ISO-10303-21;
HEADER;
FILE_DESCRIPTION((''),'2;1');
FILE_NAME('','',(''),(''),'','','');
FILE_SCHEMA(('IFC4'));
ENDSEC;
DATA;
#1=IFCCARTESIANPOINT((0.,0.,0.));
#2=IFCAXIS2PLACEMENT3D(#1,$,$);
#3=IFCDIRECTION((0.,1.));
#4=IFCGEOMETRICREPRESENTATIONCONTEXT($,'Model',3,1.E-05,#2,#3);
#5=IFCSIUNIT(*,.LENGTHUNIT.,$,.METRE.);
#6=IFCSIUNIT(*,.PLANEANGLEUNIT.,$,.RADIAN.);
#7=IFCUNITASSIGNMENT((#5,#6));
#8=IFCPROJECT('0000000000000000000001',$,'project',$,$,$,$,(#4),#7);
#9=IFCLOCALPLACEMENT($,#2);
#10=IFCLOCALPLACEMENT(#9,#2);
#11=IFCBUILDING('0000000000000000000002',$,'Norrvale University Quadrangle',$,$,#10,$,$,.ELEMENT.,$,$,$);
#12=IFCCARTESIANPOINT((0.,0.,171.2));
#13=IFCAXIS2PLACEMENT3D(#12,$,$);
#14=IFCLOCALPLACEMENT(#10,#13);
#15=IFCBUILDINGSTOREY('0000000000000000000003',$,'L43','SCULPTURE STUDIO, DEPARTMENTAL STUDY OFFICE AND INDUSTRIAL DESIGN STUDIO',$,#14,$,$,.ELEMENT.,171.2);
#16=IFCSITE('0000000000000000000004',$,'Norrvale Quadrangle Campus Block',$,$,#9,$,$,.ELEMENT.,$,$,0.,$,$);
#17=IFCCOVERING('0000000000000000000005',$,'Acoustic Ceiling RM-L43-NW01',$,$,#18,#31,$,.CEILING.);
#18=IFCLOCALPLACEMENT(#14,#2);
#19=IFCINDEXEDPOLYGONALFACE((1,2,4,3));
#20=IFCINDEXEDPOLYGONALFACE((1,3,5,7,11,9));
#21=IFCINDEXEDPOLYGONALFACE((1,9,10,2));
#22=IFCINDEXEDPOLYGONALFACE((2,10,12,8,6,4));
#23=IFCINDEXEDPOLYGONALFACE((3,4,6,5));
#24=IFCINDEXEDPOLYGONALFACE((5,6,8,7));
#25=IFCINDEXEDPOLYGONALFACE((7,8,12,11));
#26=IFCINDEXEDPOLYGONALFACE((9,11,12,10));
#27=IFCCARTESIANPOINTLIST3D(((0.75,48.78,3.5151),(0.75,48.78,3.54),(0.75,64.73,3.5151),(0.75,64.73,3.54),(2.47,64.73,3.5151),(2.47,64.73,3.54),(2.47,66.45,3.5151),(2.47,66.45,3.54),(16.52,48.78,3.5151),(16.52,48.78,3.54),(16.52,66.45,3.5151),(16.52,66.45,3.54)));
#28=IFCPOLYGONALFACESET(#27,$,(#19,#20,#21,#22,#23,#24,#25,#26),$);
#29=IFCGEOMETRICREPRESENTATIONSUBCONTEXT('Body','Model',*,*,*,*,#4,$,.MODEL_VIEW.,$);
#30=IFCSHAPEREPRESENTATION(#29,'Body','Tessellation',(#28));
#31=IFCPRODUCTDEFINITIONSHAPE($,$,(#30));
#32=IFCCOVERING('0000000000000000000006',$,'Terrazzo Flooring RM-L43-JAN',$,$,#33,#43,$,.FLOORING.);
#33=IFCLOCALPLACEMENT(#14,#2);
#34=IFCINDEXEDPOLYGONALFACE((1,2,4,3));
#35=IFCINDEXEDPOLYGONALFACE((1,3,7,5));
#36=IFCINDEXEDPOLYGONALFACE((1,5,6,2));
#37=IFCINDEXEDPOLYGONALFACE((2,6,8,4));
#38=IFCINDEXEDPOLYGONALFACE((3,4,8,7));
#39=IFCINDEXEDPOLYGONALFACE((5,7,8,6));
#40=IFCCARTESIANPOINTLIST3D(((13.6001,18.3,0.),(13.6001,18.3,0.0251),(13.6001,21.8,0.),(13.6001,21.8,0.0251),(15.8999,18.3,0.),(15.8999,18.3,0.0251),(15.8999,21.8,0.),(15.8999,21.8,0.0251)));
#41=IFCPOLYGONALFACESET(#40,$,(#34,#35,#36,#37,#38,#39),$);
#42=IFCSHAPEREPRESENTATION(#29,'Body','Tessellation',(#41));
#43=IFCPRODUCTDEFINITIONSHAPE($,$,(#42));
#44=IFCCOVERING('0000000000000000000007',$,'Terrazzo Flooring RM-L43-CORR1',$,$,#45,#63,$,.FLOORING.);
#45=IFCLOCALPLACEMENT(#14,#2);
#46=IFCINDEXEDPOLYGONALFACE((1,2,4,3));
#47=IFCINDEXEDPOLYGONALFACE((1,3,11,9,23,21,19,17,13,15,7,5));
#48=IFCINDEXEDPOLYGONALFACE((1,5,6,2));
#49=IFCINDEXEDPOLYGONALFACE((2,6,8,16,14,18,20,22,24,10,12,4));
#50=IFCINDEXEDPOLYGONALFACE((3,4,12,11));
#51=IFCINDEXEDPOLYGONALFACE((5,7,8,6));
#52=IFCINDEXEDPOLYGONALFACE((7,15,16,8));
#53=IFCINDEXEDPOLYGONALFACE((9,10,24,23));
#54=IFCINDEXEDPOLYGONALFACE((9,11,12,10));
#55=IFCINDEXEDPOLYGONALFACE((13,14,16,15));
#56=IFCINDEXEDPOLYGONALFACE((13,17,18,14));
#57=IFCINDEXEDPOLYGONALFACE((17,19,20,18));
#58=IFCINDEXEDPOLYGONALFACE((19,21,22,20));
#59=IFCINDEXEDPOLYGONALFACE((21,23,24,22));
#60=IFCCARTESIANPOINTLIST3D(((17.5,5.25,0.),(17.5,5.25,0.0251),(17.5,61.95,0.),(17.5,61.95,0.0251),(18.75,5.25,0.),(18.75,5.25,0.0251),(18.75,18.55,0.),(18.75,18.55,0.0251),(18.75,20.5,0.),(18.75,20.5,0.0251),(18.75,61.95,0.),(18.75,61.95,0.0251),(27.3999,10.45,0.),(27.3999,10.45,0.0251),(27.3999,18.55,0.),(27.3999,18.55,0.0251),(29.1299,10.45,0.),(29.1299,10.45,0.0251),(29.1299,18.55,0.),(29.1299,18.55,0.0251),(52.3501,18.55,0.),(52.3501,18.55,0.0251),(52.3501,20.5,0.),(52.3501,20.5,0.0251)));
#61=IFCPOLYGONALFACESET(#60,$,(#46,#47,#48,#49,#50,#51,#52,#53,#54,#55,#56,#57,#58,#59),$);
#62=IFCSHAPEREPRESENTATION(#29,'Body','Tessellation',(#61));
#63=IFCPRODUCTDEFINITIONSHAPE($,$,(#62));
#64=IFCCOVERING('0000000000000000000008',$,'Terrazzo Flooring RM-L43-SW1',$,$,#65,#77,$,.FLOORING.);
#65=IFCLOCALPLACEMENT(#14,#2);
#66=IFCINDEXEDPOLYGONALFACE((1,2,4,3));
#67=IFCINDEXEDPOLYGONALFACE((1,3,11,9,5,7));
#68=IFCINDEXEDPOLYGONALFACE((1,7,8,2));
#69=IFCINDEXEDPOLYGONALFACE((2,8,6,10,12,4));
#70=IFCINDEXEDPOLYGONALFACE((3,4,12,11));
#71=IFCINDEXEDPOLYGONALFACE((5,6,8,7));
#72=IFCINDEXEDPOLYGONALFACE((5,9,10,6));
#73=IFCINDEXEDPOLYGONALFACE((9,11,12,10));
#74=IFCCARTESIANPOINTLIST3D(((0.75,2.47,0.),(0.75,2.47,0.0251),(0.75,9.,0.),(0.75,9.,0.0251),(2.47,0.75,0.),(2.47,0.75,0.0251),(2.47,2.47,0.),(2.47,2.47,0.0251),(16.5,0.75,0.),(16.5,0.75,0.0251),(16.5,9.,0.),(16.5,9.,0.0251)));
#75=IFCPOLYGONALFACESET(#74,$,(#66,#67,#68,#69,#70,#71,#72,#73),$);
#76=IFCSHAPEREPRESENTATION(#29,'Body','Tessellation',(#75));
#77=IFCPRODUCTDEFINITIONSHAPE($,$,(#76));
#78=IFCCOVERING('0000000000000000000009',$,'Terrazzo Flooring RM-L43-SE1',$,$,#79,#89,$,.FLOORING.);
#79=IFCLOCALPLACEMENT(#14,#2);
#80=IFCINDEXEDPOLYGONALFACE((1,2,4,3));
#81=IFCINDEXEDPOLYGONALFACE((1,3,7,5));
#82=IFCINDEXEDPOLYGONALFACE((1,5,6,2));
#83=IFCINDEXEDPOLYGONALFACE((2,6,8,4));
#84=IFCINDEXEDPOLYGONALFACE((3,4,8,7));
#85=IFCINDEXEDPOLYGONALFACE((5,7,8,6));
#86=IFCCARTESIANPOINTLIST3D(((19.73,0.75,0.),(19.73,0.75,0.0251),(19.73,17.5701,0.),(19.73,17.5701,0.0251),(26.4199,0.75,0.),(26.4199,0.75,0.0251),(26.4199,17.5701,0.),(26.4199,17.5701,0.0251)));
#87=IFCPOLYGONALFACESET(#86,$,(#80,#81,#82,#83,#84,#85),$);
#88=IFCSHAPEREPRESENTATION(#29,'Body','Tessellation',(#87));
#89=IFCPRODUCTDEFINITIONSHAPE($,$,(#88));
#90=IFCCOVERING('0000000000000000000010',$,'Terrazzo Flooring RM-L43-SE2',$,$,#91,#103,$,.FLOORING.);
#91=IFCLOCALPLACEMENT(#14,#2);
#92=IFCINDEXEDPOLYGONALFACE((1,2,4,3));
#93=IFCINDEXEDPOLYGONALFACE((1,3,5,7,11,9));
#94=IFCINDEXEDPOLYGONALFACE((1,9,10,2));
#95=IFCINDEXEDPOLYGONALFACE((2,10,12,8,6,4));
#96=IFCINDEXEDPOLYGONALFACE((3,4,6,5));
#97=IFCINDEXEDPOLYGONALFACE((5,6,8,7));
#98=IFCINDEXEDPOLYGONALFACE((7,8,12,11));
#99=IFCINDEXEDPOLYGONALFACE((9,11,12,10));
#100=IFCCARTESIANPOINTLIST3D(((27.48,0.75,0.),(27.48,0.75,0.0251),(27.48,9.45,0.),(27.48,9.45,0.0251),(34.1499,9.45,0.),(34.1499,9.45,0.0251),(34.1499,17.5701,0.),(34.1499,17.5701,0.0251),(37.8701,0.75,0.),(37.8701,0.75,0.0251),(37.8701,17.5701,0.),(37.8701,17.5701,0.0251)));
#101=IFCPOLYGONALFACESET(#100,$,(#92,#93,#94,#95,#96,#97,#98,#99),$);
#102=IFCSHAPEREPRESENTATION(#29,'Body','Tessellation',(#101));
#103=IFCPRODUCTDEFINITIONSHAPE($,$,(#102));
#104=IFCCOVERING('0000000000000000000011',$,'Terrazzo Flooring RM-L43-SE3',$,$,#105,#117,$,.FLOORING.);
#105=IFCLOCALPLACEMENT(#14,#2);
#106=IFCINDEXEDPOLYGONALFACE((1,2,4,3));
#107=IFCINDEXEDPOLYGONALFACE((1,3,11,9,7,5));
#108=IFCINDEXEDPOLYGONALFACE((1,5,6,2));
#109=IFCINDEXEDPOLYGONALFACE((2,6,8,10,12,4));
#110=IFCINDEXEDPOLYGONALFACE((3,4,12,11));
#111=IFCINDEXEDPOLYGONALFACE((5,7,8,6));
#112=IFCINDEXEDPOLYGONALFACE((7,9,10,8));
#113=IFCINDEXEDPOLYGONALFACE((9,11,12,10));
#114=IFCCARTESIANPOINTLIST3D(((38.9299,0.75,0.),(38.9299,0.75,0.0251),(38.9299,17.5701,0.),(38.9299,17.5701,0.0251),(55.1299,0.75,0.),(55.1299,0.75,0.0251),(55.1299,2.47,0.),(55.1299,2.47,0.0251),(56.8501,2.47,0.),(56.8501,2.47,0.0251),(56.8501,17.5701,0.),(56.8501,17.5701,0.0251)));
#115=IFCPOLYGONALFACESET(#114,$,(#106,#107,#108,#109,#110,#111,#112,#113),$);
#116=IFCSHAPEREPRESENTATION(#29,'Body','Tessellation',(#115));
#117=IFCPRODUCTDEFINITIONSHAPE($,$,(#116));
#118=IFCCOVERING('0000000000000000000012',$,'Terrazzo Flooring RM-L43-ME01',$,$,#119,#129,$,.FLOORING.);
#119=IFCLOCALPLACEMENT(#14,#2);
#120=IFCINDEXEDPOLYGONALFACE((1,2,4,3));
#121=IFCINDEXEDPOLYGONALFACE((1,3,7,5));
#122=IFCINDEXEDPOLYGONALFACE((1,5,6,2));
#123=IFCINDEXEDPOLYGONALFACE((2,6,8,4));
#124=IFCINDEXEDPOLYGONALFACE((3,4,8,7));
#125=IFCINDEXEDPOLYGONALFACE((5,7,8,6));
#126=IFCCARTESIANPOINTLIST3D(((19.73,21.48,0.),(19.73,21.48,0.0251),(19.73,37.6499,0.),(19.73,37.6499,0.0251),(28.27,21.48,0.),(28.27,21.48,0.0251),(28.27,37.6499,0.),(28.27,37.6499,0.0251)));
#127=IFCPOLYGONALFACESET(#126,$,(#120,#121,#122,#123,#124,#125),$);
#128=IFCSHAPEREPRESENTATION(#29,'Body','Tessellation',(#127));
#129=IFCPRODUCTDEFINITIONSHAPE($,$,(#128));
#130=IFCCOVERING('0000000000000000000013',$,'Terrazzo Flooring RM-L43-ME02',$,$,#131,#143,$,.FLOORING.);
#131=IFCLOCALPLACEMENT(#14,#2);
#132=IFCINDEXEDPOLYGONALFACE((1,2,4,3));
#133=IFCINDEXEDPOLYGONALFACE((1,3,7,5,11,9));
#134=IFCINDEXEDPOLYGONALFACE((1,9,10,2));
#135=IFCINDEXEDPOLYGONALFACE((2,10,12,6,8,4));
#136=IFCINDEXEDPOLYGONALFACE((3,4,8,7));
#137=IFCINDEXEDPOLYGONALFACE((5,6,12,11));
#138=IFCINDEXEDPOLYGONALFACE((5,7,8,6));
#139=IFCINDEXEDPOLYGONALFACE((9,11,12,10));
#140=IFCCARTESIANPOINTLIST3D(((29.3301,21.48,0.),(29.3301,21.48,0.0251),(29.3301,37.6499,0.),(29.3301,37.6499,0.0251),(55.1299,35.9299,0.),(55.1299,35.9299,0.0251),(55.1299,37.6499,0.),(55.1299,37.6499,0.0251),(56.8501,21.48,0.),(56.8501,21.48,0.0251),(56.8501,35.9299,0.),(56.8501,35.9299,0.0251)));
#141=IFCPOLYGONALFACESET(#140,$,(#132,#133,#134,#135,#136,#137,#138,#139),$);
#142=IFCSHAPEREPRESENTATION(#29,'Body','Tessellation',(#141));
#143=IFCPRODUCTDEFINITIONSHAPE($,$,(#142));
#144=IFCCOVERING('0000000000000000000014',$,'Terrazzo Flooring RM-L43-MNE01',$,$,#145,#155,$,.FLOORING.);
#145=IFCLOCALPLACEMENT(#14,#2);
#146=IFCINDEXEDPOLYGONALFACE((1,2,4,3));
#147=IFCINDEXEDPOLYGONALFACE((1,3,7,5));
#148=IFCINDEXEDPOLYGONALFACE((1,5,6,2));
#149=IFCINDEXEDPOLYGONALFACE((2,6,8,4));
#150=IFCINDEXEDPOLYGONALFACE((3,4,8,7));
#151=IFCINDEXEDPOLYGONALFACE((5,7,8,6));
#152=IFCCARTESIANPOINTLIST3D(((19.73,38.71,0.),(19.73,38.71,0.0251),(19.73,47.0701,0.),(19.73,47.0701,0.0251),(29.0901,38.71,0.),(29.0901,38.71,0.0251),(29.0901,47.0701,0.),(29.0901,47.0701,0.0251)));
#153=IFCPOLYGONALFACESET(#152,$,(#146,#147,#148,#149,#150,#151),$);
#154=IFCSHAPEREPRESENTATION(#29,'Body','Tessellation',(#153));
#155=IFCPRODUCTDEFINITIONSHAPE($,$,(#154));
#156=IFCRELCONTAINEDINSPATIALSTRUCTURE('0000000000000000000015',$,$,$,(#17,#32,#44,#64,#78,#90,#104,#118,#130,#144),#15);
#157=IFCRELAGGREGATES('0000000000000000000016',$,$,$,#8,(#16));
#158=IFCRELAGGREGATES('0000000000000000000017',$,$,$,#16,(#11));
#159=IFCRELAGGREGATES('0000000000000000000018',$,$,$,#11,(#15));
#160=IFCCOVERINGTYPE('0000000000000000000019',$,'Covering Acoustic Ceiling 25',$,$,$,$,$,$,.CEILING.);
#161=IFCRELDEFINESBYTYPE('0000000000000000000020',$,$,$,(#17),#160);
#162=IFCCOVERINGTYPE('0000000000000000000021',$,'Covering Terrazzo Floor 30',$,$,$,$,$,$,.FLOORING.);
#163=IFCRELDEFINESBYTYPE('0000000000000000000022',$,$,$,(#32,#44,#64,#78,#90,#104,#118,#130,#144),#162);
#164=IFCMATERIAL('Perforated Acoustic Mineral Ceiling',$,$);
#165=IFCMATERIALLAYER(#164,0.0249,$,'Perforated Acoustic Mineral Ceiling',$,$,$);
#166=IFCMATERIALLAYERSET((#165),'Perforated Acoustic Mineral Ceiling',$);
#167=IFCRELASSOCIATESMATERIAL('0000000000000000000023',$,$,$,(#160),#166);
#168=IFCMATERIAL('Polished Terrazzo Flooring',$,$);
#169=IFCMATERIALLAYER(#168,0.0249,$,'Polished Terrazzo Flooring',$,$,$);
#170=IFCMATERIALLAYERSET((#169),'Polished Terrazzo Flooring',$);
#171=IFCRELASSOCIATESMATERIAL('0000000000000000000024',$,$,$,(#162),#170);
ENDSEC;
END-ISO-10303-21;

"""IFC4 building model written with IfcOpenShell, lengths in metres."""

from ifc_helpers import new_model, si_unit, direction, frame, origin, place, context, subcontext, project, spatial, polyline, outline, extrude, material, layer, layer_set, type_object, element, save


model = new_model("IFC4")

# Units and contexts
model_context = context("Model", 3, precision=1e-05, world=origin(), true_north=direction((0.0, 1.0)))
body_context = subcontext(model_context, "Body", "Model", "MODEL_VIEW")
ifc_project = project(units=[si_unit("LENGTHUNIT", "METRE"), si_unit("PLANEANGLEUNIT", "RADIAN")], contexts=[model_context])

# Site, building, storey
site_placement = place(None, origin())
site = spatial("IfcSite", under=ifc_project, at=site_placement, Name="Norrvale Quadrangle Campus Block", CompositionType="ELEMENT", RefElevation=0.0)
building_placement = place(site_placement, origin())
building = spatial("IfcBuilding", under=site, at=building_placement, Name="Norrvale University Quadrangle", CompositionType="ELEMENT")
storey_placement = place(building_placement, frame((0.0, 0.0, 171.2)))
storey = spatial("IfcBuildingStorey", under=building, at=storey_placement, Name="L43", Description="SCULPTURE STUDIO, DEPARTMENTAL STUDY OFFICE AND INDUSTRIAL DESIGN STUDIO", CompositionType="ELEMENT", Elevation=171.2)

# Coverings
ifc_material_1 = material(Name="Perforated Acoustic Mineral Ceiling")
ifc_layer_1 = layer(ifc_material_1, 0.0249, Name="Perforated Acoustic Mineral Ceiling")
ifc_layer_set_1 = layer_set([ifc_layer_1], Name="Perforated Acoustic Mineral Ceiling")
covering_type_1 = type_object("IfcCoveringType", Name="Covering Acoustic Ceiling 25", PredefinedType="CEILING", material=ifc_layer_set_1)
covering_1_placement = place(storey_placement, frame((0.0, 0.0, 3.5151)))
element("IfcCovering", 1, at=covering_1_placement, inside=storey, type_object=covering_type_1, Name="Acoustic Ceiling RM-L43-NW01", PredefinedType="CEILING", context=body_context, shape_type="SweptSolid", body=[
    extrude(outline(polyline([(16.52, 66.45), (16.52, 48.78), (0.75, 48.78), (0.75, 64.73), (2.47, 64.73), (2.47, 66.45), (16.52, 66.45)])), origin(), (0.0, 0.0, 1.0), 0.0249),
])
ifc_material_2 = material(Name="Polished Terrazzo Flooring")
ifc_layer_2 = layer(ifc_material_2, 0.0249, Name="Polished Terrazzo Flooring")
ifc_layer_set_2 = layer_set([ifc_layer_2], Name="Polished Terrazzo Flooring")
covering_type_2 = type_object("IfcCoveringType", Name="Covering Terrazzo Floor 30", PredefinedType="FLOORING", material=ifc_layer_set_2)
covering_2_placement = place(storey_placement, origin())
element("IfcCovering", 2, at=covering_2_placement, inside=storey, type_object=covering_type_2, Name="Terrazzo Flooring RM-L43-JAN", PredefinedType="FLOORING", context=body_context, shape_type="SweptSolid", body=[
    extrude(outline(polyline([(13.6001, 18.3), (13.6001, 21.8), (15.8999, 21.8), (15.8999, 18.3), (13.6001, 18.3)])), origin(), (0.0, 0.0, 1.0), 0.0251),
])
covering_3_placement = place(storey_placement, origin())
element("IfcCovering", 3, at=covering_3_placement, inside=storey, type_object=covering_type_2, Name="Terrazzo Flooring RM-L43-CORR1", PredefinedType="FLOORING", context=body_context, shape_type="SweptSolid", body=[
    extrude(outline(polyline([(17.5, 5.25), (17.5, 61.95), (18.75, 61.95), (18.75, 20.5), (52.3501, 20.5), (52.3501, 18.55), (29.1299, 18.55), (29.1299, 10.45), (27.3999, 10.45), (27.3999, 18.55), (18.75, 18.55), (18.75, 5.25), (17.5, 5.25)])), origin(), (0.0, 0.0, 1.0), 0.0251),
])
covering_4_placement = place(storey_placement, origin())
element("IfcCovering", 4, at=covering_4_placement, inside=storey, type_object=covering_type_2, Name="Terrazzo Flooring RM-L43-SW1", PredefinedType="FLOORING", context=body_context, shape_type="SweptSolid", body=[
    extrude(outline(polyline([(16.5, 9.0), (16.5, 0.75), (2.47, 0.75), (2.47, 2.47), (0.75, 2.47), (0.75, 9.0), (16.5, 9.0)])), origin(), (0.0, 0.0, 1.0), 0.0251),
])
covering_5_placement = place(storey_placement, origin())
element("IfcCovering", 5, at=covering_5_placement, inside=storey, type_object=covering_type_2, Name="Terrazzo Flooring RM-L43-SE1", PredefinedType="FLOORING", context=body_context, shape_type="SweptSolid", body=[
    extrude(outline(polyline([(26.4199, 17.5701), (26.4199, 0.75), (19.73, 0.75), (19.73, 17.5701), (26.4199, 17.5701)])), origin(), (0.0, 0.0, 1.0), 0.0251),
])
covering_6_placement = place(storey_placement, origin())
element("IfcCovering", 6, at=covering_6_placement, inside=storey, type_object=covering_type_2, Name="Terrazzo Flooring RM-L43-SE2", PredefinedType="FLOORING", context=body_context, shape_type="SweptSolid", body=[
    extrude(outline(polyline([(34.1499, 9.45), (34.1499, 17.5701), (37.8701, 17.5701), (37.8701, 0.75), (27.48, 0.75), (27.48, 9.45), (34.1499, 9.45)])), origin(), (0.0, 0.0, 1.0), 0.0251),
])
covering_7_placement = place(storey_placement, origin())
element("IfcCovering", 7, at=covering_7_placement, inside=storey, type_object=covering_type_2, Name="Terrazzo Flooring RM-L43-SE3", PredefinedType="FLOORING", context=body_context, shape_type="SweptSolid", body=[
    extrude(outline(polyline([(38.9299, 17.5701), (56.8501, 17.5701), (56.8501, 2.47), (55.1299, 2.47), (55.1299, 0.75), (38.9299, 0.75), (38.9299, 17.5701)])), origin(), (0.0, 0.0, 1.0), 0.0251),
])
covering_8_placement = place(storey_placement, origin())
element("IfcCovering", 8, at=covering_8_placement, inside=storey, type_object=covering_type_2, Name="Terrazzo Flooring RM-L43-ME01", PredefinedType="FLOORING", context=body_context, shape_type="SweptSolid", body=[
    extrude(outline(polyline([(28.27, 37.6499), (28.27, 21.48), (19.73, 21.48), (19.73, 37.6499), (28.27, 37.6499)])), origin(), (0.0, 0.0, 1.0), 0.0251),
])
covering_9_placement = place(storey_placement, origin())
element("IfcCovering", 9, at=covering_9_placement, inside=storey, type_object=covering_type_2, Name="Terrazzo Flooring RM-L43-ME02", PredefinedType="FLOORING", context=body_context, shape_type="SweptSolid", body=[
    extrude(outline(polyline([(29.3301, 21.48), (29.3301, 37.6499), (55.1299, 37.6499), (55.1299, 35.9299), (56.8501, 35.9299), (56.8501, 21.48), (29.3301, 21.48)])), origin(), (0.0, 0.0, 1.0), 0.0251),
])
covering_10_placement = place(storey_placement, origin())
element("IfcCovering", 10, at=covering_10_placement, inside=storey, type_object=covering_type_2, Name="Terrazzo Flooring RM-L43-MNE01", PredefinedType="FLOORING", context=body_context, shape_type="SweptSolid", body=[
    extrude(outline(polyline([(19.73, 47.0701), (29.0901, 47.0701), (29.0901, 38.71), (19.73, 38.71), (19.73, 47.0701)])), origin(), (0.0, 0.0, 1.0), 0.0251),
])

save(model, "model.ifc")
